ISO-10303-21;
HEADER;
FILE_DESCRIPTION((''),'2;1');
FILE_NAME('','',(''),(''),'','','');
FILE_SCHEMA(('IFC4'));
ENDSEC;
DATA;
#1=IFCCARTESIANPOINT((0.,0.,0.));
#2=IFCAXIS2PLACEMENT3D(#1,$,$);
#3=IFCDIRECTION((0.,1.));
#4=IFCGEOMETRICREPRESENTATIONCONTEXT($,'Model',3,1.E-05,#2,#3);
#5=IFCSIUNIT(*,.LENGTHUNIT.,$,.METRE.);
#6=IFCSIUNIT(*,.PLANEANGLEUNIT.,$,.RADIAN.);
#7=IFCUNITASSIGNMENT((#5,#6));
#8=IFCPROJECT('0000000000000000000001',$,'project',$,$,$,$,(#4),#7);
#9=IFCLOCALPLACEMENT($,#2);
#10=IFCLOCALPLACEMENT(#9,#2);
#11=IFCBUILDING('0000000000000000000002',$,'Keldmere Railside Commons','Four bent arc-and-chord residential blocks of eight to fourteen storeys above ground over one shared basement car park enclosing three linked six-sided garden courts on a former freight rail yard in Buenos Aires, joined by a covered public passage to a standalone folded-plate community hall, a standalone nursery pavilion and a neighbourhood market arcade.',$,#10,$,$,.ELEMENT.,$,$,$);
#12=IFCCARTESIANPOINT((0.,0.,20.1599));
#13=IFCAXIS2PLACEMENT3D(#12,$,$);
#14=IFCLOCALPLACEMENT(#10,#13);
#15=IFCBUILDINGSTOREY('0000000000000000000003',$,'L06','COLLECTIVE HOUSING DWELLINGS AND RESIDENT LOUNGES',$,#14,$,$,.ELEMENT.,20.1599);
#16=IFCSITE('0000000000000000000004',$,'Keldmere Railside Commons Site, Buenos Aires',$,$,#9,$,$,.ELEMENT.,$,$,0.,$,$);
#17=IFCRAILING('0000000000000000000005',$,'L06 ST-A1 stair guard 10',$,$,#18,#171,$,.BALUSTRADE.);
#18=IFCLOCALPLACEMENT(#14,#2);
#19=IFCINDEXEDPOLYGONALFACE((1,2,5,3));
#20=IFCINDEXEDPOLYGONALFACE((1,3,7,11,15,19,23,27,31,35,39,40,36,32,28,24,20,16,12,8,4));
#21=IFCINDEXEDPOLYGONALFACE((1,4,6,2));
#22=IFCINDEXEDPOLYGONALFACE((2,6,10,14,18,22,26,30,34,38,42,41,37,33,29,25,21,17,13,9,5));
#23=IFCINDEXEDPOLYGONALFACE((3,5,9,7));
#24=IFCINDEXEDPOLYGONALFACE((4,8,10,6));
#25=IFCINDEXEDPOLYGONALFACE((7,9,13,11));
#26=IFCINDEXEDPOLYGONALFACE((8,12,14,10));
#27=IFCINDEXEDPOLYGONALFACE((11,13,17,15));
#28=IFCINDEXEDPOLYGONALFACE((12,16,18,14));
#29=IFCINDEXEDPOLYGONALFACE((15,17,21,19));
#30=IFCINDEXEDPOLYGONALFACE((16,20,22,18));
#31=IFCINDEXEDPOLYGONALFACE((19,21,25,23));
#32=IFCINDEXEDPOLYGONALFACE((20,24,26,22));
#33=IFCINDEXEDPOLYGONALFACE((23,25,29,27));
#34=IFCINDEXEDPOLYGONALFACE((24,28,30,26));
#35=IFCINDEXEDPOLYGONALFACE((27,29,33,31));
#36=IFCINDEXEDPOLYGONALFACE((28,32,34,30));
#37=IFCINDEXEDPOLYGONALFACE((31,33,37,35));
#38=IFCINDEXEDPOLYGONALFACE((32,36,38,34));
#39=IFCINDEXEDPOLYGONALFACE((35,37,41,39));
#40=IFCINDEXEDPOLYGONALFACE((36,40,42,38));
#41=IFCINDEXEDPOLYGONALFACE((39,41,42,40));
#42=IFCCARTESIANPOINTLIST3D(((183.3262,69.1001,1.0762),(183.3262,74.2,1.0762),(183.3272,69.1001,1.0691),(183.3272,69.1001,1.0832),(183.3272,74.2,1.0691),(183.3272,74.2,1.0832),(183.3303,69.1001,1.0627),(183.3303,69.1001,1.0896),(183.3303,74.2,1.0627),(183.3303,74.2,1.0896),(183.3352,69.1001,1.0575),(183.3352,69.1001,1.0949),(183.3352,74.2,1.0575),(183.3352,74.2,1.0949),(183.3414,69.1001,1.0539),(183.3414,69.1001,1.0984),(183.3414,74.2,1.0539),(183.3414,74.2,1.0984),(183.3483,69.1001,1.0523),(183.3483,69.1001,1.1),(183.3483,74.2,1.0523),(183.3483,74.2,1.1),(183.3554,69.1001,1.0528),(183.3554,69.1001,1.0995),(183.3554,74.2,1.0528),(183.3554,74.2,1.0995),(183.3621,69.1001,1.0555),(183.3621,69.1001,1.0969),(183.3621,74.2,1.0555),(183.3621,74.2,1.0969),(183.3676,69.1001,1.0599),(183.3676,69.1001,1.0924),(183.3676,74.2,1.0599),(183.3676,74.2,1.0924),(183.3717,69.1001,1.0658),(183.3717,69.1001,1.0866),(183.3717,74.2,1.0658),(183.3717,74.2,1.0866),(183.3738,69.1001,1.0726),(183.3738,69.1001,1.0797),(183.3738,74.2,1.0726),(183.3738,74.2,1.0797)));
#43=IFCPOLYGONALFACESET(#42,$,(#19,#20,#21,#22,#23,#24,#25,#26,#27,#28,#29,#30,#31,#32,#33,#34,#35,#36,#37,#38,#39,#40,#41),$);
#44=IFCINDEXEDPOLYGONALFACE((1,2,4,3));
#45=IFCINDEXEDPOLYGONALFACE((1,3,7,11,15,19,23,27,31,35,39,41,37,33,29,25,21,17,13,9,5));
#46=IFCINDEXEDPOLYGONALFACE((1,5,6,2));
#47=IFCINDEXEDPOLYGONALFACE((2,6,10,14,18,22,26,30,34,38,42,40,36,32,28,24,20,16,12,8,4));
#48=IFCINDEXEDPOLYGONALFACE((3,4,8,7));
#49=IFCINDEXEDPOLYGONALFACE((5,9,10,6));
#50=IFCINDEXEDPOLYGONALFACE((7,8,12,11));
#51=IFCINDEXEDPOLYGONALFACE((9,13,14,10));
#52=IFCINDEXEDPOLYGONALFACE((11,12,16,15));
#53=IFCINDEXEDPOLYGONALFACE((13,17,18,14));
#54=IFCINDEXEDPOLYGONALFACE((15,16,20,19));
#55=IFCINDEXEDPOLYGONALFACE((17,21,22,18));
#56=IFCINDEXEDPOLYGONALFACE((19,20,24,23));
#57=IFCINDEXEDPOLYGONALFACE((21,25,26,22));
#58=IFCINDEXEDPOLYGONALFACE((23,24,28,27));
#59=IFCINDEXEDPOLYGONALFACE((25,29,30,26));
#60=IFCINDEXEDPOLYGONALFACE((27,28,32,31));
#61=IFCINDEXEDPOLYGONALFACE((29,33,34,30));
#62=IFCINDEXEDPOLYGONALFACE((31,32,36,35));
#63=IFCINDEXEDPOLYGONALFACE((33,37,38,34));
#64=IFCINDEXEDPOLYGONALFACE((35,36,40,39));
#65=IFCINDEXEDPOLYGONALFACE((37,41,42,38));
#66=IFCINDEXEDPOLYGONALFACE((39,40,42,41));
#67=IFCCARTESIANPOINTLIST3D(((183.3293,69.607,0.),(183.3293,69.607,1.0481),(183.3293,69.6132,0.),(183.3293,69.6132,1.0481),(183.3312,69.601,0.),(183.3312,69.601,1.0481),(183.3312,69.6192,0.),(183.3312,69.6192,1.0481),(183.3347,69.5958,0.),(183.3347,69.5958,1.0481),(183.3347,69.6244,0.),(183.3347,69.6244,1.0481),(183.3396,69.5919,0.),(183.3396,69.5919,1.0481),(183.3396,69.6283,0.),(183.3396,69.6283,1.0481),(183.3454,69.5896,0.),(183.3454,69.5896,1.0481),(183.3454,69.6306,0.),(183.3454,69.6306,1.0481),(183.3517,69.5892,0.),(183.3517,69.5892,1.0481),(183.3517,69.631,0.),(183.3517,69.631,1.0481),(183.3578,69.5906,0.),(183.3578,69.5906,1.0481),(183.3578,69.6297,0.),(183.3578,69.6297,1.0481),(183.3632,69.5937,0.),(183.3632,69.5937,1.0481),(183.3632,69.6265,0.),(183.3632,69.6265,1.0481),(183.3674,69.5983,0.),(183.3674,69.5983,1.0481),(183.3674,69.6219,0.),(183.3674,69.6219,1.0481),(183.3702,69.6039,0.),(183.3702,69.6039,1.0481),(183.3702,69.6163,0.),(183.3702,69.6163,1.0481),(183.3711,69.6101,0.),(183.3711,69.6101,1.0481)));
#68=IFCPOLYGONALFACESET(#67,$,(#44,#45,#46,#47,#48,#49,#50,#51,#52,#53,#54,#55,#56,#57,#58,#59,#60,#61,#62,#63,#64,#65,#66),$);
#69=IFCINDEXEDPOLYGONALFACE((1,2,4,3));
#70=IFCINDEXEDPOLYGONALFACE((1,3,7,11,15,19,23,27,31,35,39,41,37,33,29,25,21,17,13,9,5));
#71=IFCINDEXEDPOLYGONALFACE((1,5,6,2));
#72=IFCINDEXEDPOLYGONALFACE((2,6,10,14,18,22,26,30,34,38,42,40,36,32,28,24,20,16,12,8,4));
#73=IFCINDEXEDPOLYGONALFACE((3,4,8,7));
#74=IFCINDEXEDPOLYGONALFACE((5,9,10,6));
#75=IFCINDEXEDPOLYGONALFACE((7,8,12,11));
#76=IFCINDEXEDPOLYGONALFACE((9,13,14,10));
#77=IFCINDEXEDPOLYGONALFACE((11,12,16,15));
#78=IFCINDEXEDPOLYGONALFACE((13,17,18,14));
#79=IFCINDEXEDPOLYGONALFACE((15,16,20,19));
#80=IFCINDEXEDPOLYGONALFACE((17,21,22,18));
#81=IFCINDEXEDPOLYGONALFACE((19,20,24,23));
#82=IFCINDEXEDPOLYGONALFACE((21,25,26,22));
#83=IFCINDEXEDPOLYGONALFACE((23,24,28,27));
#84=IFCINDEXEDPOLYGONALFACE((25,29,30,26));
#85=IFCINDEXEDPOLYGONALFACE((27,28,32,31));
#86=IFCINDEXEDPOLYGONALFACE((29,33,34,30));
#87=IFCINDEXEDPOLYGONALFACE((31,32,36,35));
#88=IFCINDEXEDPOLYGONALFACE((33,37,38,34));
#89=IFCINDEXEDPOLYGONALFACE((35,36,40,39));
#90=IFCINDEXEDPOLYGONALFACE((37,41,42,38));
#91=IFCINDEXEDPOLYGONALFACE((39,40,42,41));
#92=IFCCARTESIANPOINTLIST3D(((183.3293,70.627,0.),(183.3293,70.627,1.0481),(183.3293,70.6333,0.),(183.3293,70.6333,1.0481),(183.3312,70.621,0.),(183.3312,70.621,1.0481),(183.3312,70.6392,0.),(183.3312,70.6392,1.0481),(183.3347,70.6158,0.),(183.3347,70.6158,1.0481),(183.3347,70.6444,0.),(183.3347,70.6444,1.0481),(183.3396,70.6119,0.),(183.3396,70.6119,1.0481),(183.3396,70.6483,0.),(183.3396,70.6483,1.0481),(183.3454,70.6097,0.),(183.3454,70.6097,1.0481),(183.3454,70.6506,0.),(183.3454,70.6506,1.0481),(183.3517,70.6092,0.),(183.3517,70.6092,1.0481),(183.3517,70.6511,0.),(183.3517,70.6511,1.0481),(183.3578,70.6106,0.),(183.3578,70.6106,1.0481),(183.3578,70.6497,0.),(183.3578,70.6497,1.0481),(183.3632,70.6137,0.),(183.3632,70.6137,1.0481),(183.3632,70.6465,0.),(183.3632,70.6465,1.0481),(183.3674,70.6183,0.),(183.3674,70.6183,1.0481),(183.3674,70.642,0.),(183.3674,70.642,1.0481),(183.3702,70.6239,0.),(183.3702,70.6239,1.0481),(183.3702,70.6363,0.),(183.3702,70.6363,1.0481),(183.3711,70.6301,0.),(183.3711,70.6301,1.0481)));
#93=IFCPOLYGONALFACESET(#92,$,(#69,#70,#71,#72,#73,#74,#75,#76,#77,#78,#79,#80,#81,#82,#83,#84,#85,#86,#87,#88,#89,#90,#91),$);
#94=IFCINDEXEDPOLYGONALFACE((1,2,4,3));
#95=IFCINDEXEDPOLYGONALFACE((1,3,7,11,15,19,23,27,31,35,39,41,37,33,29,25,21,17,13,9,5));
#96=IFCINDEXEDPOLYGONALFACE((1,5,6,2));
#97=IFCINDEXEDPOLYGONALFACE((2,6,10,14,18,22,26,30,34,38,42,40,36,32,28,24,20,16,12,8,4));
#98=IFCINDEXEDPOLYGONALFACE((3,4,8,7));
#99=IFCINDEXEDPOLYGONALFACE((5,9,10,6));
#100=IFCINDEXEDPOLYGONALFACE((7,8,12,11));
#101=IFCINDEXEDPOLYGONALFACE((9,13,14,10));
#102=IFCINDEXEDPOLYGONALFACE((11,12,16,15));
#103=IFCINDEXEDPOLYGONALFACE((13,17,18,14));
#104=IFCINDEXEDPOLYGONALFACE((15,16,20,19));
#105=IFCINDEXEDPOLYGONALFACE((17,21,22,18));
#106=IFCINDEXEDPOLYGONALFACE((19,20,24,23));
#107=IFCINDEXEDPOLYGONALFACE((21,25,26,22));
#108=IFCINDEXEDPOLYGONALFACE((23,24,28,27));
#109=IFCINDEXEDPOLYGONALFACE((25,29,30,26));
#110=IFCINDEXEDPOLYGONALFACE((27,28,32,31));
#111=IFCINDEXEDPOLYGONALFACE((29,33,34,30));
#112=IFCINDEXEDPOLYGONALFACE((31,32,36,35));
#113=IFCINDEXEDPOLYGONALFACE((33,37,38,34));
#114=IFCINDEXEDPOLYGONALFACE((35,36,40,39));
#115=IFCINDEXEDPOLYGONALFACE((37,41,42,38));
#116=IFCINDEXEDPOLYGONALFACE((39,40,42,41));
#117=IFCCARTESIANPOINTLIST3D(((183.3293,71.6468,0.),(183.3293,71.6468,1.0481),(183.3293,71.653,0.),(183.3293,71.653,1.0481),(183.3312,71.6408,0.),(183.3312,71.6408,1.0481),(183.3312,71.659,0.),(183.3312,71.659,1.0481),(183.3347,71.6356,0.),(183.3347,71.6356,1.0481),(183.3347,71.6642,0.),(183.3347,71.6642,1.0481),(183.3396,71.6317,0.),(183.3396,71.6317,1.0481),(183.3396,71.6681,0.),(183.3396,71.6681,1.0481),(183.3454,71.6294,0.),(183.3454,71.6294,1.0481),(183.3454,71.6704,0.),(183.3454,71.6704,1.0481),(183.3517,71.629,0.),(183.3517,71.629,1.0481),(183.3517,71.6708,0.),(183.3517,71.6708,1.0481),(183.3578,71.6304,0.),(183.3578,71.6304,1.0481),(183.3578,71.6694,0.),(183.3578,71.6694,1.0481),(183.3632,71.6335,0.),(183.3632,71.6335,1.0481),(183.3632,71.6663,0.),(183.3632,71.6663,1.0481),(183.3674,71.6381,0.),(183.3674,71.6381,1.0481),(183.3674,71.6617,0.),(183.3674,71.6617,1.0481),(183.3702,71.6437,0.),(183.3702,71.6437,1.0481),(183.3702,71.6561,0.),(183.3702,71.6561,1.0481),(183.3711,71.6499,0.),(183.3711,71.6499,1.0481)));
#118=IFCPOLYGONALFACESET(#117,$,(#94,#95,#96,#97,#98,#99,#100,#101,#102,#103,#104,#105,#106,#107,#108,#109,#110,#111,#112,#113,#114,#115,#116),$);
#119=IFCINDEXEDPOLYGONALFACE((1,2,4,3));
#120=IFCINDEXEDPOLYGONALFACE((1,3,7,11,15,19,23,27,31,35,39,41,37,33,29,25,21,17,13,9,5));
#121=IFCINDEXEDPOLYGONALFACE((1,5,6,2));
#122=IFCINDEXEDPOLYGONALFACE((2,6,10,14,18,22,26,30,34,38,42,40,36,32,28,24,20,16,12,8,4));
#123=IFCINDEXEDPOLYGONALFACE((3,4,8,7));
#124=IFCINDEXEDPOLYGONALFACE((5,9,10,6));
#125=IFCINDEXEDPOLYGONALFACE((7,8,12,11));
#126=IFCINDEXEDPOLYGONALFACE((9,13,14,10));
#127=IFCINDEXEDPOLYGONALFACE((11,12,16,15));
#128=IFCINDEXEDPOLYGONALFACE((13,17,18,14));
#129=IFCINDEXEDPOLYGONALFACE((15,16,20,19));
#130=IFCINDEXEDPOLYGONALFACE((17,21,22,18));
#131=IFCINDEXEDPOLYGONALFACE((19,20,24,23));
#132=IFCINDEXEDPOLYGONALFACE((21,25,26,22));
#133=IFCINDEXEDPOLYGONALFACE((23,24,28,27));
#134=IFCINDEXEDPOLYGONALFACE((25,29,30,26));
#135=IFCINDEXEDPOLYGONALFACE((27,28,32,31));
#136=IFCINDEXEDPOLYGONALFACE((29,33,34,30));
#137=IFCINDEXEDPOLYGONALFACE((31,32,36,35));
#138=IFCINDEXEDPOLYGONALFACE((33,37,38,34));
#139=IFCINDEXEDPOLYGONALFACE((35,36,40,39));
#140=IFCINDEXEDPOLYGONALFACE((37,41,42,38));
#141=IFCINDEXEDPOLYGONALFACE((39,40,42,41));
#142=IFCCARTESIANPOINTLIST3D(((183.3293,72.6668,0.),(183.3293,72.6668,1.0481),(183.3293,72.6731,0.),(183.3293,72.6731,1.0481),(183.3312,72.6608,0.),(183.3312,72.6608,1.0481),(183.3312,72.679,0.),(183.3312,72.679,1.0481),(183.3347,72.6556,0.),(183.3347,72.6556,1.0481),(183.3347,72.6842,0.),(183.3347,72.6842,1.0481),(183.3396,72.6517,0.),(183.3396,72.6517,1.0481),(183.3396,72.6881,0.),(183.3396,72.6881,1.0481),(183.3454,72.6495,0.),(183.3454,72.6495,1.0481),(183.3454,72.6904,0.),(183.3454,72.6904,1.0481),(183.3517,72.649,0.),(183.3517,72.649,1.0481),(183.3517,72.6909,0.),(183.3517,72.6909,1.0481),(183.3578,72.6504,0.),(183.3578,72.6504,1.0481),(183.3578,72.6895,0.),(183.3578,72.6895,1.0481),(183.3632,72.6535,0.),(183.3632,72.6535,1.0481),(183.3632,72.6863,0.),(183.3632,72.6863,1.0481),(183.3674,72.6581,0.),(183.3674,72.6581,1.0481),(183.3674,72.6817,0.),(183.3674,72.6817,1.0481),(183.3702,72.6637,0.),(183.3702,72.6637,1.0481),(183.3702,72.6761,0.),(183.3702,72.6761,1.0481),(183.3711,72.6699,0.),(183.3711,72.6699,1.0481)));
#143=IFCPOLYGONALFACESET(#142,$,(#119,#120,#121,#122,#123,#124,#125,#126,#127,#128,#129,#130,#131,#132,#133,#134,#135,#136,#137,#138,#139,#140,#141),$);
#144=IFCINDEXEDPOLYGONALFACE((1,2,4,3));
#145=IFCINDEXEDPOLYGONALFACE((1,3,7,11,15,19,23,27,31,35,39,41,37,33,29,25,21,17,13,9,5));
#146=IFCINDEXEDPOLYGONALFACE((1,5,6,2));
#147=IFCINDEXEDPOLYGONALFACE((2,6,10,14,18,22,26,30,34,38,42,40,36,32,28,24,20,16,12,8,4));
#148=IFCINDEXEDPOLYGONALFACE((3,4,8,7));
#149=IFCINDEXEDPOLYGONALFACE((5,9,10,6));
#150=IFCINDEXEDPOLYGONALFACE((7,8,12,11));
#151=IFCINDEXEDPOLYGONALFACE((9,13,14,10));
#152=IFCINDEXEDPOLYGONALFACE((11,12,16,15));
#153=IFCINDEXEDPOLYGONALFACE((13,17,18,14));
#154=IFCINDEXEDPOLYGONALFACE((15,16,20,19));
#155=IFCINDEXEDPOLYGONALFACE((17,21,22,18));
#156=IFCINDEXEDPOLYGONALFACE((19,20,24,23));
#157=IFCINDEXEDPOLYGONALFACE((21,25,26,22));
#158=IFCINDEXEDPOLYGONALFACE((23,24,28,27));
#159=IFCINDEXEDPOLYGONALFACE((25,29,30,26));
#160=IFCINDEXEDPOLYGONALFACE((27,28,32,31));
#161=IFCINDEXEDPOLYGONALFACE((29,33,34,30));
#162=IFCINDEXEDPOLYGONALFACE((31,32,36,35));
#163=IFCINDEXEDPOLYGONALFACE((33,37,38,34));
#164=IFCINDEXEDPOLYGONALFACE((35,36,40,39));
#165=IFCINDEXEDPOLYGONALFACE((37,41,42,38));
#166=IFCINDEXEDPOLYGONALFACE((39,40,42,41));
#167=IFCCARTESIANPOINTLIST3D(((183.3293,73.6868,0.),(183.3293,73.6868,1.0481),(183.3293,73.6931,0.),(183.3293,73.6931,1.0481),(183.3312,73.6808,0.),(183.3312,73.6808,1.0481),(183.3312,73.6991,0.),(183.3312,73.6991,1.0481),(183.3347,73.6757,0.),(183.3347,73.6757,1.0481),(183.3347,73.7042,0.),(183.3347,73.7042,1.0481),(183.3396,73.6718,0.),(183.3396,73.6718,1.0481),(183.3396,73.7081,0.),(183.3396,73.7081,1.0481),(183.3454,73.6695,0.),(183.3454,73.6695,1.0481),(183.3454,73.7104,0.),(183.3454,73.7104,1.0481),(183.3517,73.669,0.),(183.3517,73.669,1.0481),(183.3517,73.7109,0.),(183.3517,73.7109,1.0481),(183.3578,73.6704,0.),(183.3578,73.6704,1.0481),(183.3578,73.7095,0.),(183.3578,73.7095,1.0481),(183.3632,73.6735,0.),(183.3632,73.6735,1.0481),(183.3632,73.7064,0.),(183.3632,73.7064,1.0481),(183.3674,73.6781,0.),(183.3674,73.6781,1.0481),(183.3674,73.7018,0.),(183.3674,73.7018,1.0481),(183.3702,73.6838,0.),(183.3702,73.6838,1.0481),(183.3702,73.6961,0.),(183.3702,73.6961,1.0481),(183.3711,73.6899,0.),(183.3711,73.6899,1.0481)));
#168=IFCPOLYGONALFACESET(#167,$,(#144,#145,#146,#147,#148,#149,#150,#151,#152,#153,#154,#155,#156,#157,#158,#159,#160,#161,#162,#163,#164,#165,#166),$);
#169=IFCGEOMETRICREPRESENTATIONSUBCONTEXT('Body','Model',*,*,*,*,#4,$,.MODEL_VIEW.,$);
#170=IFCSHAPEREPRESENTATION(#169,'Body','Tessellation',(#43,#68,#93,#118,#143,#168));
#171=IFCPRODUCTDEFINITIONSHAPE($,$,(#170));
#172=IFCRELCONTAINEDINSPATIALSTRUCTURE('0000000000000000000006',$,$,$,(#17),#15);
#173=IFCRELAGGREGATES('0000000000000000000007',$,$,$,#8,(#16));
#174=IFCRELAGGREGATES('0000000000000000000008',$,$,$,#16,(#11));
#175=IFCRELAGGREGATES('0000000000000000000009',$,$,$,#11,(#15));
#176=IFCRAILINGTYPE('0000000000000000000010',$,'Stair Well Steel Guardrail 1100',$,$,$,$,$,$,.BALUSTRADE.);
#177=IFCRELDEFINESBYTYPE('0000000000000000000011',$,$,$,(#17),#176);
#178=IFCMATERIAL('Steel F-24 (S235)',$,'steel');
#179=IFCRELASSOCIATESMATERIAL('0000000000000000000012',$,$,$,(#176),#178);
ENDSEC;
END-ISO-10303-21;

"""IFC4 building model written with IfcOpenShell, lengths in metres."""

from ifc_helpers import new_model, si_unit, direction, frame, origin, origin_2d, place, context, subcontext, project, spatial, circle, extrude, material, type_object, element, save


model = new_model("IFC4")

# Units and contexts
model_context = context("Model", 3, precision=1e-05, world=origin(), true_north=direction((0.0, 1.0)))
body_context = subcontext(model_context, "Body", "Model", "MODEL_VIEW")
ifc_project = project(units=[si_unit("LENGTHUNIT", "METRE"), si_unit("PLANEANGLEUNIT", "RADIAN")], contexts=[model_context])

# Site, building, storey
site_placement = place(None, origin())
site = spatial("IfcSite", under=ifc_project, at=site_placement, Name="Keldmere Railside Commons Site, Buenos Aires", CompositionType="ELEMENT", RefElevation=0.0)
building_placement = place(site_placement, origin())
building = spatial("IfcBuilding", under=site, at=building_placement, Name="Keldmere Railside Commons", Description="Four bent arc-and-chord residential blocks of eight to fourteen storeys above ground over one shared basement car park enclosing three linked six-sided garden courts on a former freight rail yard in Buenos Aires, joined by a covered public passage to a standalone folded-plate community hall, a standalone nursery pavilion and a neighbourhood market arcade.", CompositionType="ELEMENT")
storey_placement = place(building_placement, frame((0.0, 0.0, 20.1599)))
storey = spatial("IfcBuildingStorey", under=building, at=storey_placement, Name="L06", Description="COLLECTIVE HOUSING DWELLINGS AND RESIDENT LOUNGES", CompositionType="ELEMENT", Elevation=20.1599)

# Shared definitions
ifc_material_1 = material(Name="Steel F-24 (S235)", Category="steel")

# Railing
railing_type_1 = type_object("IfcRailingType", Name="Stair Well Steel Guardrail 1100", PredefinedType="BALUSTRADE", material=ifc_material_1)
railing_1_placement = place(storey_placement, frame((183.3501, 69.1001, 0.0)))
element("IfcRailing", 1, at=railing_1_placement, inside=storey, type_object=railing_type_1, Name="L06 ST-A1 stair guard 10", PredefinedType="BALUSTRADE", context=body_context, shape_type="SweptSolid", body=[
    extrude(circle(Radius=0.0239, at=origin_2d()), frame((0.0, 0.0, 1.0762), z_axis=(0.0, 1.0, 0.0), x_axis=(-1.0, 0.0, 0.0)), (0.0, 0.0, 1.0), 5.0999),
    extrude(circle(Radius=0.021, at=origin_2d()), frame((0.0, 0.51, 0.0)), (0.0, 0.0, 1.0), 1.0481),
    extrude(circle(Radius=0.021, at=origin_2d()), frame((0.0, 1.53, 0.0)), (0.0, 0.0, 1.0), 1.0481),
    extrude(circle(Radius=0.021, at=origin_2d()), frame((0.0, 2.5498, 0.0)), (0.0, 0.0, 1.0), 1.0481),
    extrude(circle(Radius=0.021, at=origin_2d()), frame((0.0, 3.5698, 0.0)), (0.0, 0.0, 1.0), 1.0481),
    extrude(circle(Radius=0.021, at=origin_2d()), frame((0.0, 4.5898, 0.0)), (0.0, 0.0, 1.0), 1.0481),
])

save(model, "model.ifc")
